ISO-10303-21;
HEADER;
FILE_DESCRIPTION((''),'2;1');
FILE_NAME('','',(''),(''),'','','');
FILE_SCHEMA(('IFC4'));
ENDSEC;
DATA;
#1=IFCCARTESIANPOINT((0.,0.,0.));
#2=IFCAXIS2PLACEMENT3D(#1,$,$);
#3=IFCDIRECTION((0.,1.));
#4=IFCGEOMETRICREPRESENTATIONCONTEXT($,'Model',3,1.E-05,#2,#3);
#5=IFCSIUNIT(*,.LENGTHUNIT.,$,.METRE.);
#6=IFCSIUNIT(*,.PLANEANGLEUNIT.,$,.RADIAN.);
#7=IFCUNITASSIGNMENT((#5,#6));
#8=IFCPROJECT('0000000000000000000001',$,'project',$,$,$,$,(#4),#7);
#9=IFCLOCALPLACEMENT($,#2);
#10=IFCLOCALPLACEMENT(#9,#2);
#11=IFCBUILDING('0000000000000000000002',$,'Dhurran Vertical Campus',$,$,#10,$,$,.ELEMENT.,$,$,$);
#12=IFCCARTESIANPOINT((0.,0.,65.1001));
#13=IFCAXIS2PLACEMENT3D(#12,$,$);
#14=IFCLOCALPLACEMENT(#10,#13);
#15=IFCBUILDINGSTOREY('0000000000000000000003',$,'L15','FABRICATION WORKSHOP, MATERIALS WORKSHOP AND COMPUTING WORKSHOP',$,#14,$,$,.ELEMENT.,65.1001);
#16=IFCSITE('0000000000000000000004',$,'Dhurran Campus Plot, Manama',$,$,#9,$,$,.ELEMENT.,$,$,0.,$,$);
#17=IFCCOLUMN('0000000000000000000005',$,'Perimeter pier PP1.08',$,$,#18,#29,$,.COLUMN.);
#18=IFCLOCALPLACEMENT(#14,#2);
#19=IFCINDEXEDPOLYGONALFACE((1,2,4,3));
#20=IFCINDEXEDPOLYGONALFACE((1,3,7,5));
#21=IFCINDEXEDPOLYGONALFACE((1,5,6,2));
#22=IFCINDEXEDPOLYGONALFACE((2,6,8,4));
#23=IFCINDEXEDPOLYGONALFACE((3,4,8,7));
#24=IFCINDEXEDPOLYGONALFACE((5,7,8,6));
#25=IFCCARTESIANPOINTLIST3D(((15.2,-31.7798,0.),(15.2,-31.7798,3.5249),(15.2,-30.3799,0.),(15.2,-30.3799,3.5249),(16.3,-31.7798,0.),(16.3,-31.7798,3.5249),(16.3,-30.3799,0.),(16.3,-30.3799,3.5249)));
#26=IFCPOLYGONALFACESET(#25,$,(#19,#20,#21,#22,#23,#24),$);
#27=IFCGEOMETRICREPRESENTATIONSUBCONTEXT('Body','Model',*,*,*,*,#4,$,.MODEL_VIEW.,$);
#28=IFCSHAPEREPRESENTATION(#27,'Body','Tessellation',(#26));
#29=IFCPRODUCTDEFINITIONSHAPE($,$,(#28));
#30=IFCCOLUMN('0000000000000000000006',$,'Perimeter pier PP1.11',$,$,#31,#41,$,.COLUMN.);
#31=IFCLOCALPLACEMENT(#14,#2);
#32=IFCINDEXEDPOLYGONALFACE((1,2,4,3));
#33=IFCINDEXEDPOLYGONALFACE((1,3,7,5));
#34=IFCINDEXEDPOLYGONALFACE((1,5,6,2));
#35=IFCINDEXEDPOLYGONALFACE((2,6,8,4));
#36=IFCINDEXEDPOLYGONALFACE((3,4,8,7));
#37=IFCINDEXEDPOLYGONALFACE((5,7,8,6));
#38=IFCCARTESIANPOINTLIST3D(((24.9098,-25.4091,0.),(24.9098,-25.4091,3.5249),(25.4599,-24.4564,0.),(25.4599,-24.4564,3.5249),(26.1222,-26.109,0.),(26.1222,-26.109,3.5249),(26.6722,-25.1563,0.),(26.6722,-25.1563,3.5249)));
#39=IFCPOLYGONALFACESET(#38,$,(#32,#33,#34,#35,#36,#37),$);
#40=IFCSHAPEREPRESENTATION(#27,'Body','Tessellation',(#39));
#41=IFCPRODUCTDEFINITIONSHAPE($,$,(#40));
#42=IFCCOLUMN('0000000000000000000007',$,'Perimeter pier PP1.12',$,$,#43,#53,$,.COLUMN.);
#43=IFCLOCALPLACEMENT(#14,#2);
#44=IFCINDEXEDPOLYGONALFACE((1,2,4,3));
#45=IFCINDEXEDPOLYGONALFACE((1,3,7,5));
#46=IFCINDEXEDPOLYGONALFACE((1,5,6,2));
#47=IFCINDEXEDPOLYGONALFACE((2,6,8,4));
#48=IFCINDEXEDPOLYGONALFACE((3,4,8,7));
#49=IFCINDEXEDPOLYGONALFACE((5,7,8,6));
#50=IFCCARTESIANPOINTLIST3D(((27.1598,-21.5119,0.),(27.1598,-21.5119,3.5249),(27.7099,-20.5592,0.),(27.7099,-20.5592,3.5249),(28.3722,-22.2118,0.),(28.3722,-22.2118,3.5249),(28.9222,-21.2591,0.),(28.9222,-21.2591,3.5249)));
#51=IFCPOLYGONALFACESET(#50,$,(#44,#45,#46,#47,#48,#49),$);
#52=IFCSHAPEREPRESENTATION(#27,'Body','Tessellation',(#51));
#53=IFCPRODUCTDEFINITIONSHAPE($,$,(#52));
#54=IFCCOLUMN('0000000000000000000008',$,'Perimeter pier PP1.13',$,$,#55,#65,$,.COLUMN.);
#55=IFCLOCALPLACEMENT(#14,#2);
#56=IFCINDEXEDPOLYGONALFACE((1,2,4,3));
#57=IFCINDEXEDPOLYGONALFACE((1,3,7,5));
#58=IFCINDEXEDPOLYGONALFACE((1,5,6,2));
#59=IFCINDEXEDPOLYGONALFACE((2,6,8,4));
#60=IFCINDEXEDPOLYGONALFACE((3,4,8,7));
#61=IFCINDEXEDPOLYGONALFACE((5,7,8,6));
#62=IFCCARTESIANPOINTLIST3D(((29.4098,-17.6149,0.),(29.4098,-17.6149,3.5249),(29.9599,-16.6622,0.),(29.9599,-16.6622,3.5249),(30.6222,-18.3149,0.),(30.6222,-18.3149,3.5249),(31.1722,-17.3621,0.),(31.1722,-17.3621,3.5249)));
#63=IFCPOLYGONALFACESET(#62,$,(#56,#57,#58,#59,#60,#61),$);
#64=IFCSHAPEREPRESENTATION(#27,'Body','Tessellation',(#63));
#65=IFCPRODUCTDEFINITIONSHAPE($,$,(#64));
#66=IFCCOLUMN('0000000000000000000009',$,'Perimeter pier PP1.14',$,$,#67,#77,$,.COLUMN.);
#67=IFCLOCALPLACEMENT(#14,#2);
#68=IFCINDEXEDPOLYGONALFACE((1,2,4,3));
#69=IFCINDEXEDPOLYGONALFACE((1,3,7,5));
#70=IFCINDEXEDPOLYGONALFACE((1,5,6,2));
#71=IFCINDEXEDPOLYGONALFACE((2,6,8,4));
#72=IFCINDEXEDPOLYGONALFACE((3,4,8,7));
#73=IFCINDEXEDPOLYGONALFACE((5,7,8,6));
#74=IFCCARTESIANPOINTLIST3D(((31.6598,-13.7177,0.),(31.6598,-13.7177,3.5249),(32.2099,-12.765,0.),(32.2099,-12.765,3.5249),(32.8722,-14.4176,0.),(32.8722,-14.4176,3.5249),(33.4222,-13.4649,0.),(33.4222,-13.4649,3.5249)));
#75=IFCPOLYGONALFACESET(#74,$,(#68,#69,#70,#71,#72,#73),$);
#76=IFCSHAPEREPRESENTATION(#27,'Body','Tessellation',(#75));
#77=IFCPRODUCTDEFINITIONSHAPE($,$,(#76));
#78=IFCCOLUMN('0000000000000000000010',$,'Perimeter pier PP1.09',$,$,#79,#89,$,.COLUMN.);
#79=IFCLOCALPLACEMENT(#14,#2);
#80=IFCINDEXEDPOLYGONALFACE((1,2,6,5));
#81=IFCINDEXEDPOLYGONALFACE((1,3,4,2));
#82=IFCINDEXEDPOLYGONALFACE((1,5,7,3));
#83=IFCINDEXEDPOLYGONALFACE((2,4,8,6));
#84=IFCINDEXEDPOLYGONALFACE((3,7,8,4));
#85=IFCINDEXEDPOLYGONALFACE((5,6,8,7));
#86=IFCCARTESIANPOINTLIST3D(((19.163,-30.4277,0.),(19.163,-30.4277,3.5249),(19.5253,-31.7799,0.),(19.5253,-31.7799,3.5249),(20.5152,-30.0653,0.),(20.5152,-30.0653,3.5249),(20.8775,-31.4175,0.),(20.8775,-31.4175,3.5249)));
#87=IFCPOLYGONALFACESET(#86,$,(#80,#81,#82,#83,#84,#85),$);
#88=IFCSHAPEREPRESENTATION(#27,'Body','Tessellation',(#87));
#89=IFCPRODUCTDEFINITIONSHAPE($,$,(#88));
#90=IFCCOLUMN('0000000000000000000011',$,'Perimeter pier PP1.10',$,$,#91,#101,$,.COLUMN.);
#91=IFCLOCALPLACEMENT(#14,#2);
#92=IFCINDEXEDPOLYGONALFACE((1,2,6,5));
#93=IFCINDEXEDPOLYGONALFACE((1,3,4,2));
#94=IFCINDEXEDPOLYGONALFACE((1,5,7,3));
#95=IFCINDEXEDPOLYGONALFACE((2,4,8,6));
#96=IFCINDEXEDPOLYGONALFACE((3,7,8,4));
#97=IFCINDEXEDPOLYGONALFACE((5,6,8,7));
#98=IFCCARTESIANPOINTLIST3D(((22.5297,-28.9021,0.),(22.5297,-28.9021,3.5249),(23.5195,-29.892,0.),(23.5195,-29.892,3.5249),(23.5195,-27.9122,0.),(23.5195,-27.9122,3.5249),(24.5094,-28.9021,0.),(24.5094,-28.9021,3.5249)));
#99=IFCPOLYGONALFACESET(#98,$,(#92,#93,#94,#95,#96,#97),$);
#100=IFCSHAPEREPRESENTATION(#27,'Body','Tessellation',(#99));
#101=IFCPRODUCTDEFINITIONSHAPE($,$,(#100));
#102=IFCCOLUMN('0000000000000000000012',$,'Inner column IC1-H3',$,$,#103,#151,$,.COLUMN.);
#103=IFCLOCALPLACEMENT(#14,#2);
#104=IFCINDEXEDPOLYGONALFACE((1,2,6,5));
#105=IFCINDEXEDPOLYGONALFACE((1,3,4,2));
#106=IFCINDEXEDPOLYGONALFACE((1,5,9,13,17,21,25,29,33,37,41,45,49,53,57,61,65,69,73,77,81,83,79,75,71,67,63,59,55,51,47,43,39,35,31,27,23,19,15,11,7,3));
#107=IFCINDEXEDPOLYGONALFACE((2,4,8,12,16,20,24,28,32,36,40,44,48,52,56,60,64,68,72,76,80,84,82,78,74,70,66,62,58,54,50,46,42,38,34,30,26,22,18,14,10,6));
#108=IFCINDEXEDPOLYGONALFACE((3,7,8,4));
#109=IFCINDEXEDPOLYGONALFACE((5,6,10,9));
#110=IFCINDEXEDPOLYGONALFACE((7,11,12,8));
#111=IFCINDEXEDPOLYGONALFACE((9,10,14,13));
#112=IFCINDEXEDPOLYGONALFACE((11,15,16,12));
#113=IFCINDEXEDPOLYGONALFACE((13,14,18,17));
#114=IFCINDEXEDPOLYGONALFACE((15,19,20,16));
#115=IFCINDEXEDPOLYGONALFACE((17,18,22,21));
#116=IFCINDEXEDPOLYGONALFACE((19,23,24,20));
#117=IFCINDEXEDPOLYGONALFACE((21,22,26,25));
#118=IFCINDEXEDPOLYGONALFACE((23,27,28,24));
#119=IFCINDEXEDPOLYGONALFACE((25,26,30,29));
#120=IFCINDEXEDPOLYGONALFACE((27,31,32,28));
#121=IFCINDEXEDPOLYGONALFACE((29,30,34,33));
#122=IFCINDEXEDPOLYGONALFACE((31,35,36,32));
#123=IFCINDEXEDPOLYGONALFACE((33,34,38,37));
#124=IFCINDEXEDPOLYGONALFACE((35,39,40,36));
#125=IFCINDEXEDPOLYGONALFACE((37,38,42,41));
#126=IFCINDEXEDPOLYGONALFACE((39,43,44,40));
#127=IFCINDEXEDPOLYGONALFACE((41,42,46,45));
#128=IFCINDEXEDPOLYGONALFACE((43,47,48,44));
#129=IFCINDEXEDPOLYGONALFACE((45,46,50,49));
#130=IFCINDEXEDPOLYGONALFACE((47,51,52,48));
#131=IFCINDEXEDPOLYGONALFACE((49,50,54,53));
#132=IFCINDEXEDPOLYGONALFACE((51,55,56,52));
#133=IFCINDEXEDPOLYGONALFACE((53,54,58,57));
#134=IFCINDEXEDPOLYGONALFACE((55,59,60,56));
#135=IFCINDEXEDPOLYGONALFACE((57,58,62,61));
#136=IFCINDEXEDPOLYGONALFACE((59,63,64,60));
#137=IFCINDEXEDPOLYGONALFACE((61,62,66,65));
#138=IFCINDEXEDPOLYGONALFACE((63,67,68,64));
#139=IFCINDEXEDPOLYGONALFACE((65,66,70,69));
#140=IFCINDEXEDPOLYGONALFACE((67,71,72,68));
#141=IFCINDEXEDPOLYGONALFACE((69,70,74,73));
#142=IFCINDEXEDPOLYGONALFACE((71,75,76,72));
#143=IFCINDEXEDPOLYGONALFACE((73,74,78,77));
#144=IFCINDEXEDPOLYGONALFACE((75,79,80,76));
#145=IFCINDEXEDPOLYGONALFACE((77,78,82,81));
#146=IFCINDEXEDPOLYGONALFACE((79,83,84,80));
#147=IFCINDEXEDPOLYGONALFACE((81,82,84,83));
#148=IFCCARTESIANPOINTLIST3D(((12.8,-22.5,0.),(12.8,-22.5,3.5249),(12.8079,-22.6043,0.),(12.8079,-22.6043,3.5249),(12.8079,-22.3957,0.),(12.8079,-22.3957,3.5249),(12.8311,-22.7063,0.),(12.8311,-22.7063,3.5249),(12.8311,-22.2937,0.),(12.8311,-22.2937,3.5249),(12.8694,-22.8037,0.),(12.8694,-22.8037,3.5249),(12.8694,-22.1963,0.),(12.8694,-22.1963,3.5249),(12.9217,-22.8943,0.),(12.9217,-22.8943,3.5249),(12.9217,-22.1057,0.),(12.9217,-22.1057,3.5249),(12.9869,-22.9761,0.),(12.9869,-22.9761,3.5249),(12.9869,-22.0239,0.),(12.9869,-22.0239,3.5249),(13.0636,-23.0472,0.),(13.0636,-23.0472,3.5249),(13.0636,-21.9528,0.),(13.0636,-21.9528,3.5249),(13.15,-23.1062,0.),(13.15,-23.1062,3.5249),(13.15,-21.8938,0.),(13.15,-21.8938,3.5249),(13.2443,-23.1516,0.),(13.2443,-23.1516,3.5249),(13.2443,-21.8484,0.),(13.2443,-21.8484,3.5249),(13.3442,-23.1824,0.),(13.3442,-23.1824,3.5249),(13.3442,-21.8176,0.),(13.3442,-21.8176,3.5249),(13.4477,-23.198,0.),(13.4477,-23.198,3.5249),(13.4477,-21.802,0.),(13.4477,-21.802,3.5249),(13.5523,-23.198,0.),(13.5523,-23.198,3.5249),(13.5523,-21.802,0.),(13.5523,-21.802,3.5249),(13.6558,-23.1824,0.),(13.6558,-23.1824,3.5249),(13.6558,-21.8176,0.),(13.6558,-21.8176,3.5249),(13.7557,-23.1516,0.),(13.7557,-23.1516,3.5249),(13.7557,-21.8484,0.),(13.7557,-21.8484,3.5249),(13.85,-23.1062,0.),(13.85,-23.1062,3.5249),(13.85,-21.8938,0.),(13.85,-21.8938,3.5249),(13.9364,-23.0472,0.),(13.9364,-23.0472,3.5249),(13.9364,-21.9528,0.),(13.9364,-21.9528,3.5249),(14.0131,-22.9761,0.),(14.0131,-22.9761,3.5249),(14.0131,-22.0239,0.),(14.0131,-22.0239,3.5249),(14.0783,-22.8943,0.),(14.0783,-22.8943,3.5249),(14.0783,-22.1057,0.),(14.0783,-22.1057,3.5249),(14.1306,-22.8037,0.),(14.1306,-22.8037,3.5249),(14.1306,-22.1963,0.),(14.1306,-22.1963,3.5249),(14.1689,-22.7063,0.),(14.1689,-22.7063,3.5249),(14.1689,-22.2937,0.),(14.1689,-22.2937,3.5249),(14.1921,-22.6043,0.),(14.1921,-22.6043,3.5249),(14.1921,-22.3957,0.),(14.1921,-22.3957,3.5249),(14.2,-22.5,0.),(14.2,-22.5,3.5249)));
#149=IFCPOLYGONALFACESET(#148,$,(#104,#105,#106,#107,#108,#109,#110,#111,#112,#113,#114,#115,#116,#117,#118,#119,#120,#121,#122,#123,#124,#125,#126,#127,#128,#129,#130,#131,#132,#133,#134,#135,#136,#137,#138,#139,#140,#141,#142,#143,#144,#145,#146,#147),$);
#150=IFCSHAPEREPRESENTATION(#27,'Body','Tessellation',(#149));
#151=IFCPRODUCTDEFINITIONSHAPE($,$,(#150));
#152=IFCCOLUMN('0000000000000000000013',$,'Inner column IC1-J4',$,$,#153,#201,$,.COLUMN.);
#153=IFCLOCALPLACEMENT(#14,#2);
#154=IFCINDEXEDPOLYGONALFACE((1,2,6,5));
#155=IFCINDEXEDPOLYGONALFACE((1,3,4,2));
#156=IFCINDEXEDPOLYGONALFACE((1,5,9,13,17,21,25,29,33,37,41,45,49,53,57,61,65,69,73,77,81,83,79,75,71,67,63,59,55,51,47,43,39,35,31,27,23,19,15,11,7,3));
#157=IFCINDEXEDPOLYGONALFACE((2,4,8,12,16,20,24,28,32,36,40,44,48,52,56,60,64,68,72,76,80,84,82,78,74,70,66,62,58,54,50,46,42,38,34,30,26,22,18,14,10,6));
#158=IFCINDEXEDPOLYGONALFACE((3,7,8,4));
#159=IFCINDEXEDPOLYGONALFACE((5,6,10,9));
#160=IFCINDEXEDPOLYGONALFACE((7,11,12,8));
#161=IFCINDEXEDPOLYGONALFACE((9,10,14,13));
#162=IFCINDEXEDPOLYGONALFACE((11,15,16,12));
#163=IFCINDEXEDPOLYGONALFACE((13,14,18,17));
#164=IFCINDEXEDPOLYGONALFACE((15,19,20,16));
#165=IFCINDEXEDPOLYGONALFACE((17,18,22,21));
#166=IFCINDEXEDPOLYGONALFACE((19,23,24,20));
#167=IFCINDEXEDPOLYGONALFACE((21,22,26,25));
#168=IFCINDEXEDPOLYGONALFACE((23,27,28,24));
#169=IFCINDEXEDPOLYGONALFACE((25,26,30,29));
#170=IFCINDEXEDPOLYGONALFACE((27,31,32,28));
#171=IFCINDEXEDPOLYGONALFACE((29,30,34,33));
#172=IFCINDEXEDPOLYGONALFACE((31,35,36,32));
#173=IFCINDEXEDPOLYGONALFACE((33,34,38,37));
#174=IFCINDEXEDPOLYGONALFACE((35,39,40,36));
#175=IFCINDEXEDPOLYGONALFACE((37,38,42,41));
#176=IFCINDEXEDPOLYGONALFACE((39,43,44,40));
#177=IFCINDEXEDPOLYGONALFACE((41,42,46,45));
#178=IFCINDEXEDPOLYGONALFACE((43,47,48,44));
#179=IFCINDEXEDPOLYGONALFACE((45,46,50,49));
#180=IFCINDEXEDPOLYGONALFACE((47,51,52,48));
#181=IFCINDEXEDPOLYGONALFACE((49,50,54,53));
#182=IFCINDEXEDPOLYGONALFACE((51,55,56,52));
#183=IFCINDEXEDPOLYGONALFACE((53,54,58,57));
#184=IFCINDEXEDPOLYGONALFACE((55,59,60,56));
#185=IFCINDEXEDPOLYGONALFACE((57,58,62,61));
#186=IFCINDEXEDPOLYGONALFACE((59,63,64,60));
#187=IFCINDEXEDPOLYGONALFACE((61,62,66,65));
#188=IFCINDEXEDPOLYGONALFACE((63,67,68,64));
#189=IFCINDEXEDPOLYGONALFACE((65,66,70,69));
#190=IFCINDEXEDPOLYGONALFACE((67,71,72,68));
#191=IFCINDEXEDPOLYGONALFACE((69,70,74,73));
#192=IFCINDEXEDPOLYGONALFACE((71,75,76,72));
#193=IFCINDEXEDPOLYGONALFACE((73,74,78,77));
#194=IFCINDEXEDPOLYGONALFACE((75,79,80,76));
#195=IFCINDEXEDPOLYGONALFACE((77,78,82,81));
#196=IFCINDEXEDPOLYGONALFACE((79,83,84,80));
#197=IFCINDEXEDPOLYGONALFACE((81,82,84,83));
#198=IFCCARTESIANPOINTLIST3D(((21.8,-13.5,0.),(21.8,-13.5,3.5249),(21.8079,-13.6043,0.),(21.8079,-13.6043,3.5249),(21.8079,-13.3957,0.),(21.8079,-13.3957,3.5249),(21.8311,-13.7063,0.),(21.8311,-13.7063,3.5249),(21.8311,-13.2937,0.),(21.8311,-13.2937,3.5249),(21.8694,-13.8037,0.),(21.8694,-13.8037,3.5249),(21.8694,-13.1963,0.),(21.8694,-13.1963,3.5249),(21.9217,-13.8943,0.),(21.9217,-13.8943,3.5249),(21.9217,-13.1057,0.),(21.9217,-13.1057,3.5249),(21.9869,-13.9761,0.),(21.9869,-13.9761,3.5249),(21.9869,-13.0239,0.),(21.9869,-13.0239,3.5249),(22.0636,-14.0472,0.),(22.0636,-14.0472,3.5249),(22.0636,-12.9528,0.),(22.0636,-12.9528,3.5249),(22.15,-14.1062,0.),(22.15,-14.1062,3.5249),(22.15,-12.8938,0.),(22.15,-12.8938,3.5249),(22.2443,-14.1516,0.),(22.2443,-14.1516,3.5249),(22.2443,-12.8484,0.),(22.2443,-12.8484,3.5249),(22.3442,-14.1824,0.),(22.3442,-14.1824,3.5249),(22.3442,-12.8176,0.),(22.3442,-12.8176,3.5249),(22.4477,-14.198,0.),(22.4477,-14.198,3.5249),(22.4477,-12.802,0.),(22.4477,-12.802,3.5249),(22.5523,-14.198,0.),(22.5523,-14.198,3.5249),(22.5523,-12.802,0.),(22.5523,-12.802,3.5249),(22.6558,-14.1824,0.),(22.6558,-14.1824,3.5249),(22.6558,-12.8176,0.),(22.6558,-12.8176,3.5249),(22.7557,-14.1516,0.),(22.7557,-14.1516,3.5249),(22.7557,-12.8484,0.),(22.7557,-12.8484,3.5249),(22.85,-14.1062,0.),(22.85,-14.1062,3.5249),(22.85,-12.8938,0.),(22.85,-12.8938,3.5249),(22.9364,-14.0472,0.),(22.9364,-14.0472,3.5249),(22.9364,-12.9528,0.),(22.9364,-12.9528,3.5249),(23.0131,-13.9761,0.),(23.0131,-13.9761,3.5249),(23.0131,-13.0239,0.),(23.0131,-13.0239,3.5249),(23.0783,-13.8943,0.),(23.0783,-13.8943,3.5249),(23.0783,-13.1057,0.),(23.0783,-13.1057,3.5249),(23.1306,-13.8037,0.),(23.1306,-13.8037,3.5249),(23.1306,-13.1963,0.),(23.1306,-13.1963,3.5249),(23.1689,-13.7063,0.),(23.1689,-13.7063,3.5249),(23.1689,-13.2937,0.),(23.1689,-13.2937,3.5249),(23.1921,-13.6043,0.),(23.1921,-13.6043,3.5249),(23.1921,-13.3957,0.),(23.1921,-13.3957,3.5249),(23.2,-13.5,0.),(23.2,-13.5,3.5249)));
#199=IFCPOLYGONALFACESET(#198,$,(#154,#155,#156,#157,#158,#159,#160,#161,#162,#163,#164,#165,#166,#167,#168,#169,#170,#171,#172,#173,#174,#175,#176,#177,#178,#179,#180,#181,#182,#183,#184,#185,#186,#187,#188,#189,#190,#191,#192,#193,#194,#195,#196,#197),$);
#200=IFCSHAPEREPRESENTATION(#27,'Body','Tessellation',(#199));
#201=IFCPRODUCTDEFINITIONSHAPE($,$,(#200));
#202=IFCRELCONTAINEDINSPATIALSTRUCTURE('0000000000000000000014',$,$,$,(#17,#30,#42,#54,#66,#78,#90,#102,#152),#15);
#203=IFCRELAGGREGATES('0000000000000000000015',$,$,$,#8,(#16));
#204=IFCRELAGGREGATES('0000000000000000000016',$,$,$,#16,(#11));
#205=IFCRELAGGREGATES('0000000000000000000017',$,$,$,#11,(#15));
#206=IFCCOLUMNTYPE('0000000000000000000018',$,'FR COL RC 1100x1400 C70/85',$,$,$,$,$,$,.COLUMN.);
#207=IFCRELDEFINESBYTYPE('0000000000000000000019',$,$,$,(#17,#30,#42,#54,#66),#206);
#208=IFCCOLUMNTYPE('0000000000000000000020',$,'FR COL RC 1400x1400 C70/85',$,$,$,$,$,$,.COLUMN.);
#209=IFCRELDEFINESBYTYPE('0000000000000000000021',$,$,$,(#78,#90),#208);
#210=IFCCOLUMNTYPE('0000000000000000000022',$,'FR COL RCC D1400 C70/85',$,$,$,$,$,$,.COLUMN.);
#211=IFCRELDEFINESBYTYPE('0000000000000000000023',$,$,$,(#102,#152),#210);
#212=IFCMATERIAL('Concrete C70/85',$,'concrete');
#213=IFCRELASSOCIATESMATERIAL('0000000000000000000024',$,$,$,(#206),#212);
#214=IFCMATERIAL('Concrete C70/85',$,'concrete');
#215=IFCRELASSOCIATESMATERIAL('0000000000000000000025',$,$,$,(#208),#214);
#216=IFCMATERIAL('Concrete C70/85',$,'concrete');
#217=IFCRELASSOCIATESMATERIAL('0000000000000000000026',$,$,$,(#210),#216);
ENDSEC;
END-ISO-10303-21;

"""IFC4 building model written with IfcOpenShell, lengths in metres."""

from ifc_helpers import new_model, si_unit, direction, frame, origin, origin_2d, place, context, subcontext, project, spatial, rectangle, circle, extrude, material, material_profile, profile_set, type_object, element, save


model = new_model("IFC4")

# Units and contexts
model_context = context("Model", 3, precision=1e-05, world=origin(), true_north=direction((0.0, 1.0)))
body_context = subcontext(model_context, "Body", "Model", "MODEL_VIEW")
ifc_project = project(units=[si_unit("LENGTHUNIT", "METRE"), si_unit("PLANEANGLEUNIT", "RADIAN")], contexts=[model_context])

# Site, building, storey
site_placement = place(None, origin())
site = spatial("IfcSite", under=ifc_project, at=site_placement, Name="Dhurran Campus Plot, Manama", CompositionType="ELEMENT", RefElevation=0.0)
building_placement = place(site_placement, origin())
building = spatial("IfcBuilding", under=site, at=building_placement, Name="Dhurran Vertical Campus", CompositionType="ELEMENT")
storey_placement = place(building_placement, frame((0.0, 0.0, 65.1001)))
storey = spatial("IfcBuildingStorey", under=building, at=storey_placement, Name="L15", Description="FABRICATION WORKSHOP, MATERIALS WORKSHOP AND COMPUTING WORKSHOP", CompositionType="ELEMENT", Elevation=65.1001)

# Columns
ifc_material_1 = material(Name="Concrete C70/85", Category="concrete")
ifc_material_profile_1 = material_profile(ifc_material_1, rectangle(XDim=1.1001, YDim=1.3999, at=origin_2d()), Name="RC 1100x1400")
ifc_profile_set_1 = profile_set([ifc_material_profile_1], Name="Concrete C70/85")
column_type_1 = type_object("IfcColumnType", Name="FR COL RC 1100x1400 C70/85", PredefinedType="COLUMN", material=ifc_profile_set_1)
for number, where, z_axis, x_axis, name in (
    (1, (15.75, -31.0798, 0.0), (0.0, 0.0, 1.0), (1.0, 0.0, 0.0), "Perimeter pier PP1.08"),
    (2, (25.791, -25.2827, 0.0), (0.0, 0.0, 1.0), (0.5, 0.866025, 0.0), "Perimeter pier PP1.11"),
    (3, (28.041, -21.3855, 0.0), (0.0, 0.0, 1.0), (0.5, 0.866025, 0.0), "Perimeter pier PP1.12"),
    (4, (30.291, -17.4885, 0.0), (0.0, 0.0, 1.0), (0.5, 0.866025, 0.0), "Perimeter pier PP1.13"),
    (5, (32.541, -13.5913, 0.0), (0.0, 0.0, 1.0), (0.5, 0.866025, 0.0), "Perimeter pier PP1.14"),
):
    element("IfcColumn", number, at=place(storey_placement, frame(where, z_axis=z_axis, x_axis=x_axis)), inside=storey, type_object=column_type_1, Name=name, PredefinedType="COLUMN", context=body_context, shape_type="SweptSolid", body=[
        extrude(rectangle(XDim=1.1001, YDim=1.3999, at=origin_2d()), origin(), (0.0, 0.0, 1.0), 3.5249),
    ])
ifc_material_2 = material(Name="Concrete C70/85", Category="concrete")
ifc_material_profile_2 = material_profile(ifc_material_2, rectangle(XDim=1.3999, YDim=1.3999, at=origin_2d()), Name="RC 1400x1400")
ifc_profile_set_2 = profile_set([ifc_material_profile_2], Name="Concrete C70/85")
column_type_2 = type_object("IfcColumnType", Name="FR COL RC 1400x1400 C70/85", PredefinedType="COLUMN", material=ifc_profile_set_2)
for number, where, z_axis, x_axis, name in (
    (6, (20.0203, -30.9226, 0.0), (0.0, 0.0, 1.0), (0.965926, 0.258819, 0.0), "Perimeter pier PP1.09"),
    (7, (23.5195, -28.9021, 0.0), (0.0, 0.0, 1.0), (0.707107, 0.707107, 0.0), "Perimeter pier PP1.10"),
):
    element("IfcColumn", number, at=place(storey_placement, frame(where, z_axis=z_axis, x_axis=x_axis)), inside=storey, type_object=column_type_2, Name=name, PredefinedType="COLUMN", context=body_context, shape_type="SweptSolid", body=[
        extrude(rectangle(XDim=1.3999, YDim=1.3999, at=origin_2d()), origin(), (0.0, 0.0, 1.0), 3.5249),
    ])
ifc_material_3 = material(Name="Concrete C70/85", Category="concrete")
ifc_material_profile_3 = material_profile(ifc_material_3, circle(Radius=0.7, at=origin_2d()), Name="RCC D1400")
ifc_profile_set_3 = profile_set([ifc_material_profile_3], Name="Concrete C70/85")
column_type_3 = type_object("IfcColumnType", Name="FR COL RCC D1400 C70/85", PredefinedType="COLUMN", material=ifc_profile_set_3)
for number, where, z_axis, x_axis, name in (
    (8, (13.5, -22.5, 0.0), (0.0, 0.0, 1.0), (1.0, 0.0, 0.0), "Inner column IC1-H3"),
    (9, (22.5, -13.5, 0.0), (0.0, 0.0, 1.0), (1.0, 0.0, 0.0), "Inner column IC1-J4"),
):
    element("IfcColumn", number, at=place(storey_placement, frame(where, z_axis=z_axis, x_axis=x_axis)), inside=storey, type_object=column_type_3, Name=name, PredefinedType="COLUMN", context=body_context, shape_type="SweptSolid", body=[
        extrude(circle(Radius=0.7, at=origin_2d()), origin(), (0.0, 0.0, 1.0), 3.5249),
    ])

save(model, "model.ifc")
